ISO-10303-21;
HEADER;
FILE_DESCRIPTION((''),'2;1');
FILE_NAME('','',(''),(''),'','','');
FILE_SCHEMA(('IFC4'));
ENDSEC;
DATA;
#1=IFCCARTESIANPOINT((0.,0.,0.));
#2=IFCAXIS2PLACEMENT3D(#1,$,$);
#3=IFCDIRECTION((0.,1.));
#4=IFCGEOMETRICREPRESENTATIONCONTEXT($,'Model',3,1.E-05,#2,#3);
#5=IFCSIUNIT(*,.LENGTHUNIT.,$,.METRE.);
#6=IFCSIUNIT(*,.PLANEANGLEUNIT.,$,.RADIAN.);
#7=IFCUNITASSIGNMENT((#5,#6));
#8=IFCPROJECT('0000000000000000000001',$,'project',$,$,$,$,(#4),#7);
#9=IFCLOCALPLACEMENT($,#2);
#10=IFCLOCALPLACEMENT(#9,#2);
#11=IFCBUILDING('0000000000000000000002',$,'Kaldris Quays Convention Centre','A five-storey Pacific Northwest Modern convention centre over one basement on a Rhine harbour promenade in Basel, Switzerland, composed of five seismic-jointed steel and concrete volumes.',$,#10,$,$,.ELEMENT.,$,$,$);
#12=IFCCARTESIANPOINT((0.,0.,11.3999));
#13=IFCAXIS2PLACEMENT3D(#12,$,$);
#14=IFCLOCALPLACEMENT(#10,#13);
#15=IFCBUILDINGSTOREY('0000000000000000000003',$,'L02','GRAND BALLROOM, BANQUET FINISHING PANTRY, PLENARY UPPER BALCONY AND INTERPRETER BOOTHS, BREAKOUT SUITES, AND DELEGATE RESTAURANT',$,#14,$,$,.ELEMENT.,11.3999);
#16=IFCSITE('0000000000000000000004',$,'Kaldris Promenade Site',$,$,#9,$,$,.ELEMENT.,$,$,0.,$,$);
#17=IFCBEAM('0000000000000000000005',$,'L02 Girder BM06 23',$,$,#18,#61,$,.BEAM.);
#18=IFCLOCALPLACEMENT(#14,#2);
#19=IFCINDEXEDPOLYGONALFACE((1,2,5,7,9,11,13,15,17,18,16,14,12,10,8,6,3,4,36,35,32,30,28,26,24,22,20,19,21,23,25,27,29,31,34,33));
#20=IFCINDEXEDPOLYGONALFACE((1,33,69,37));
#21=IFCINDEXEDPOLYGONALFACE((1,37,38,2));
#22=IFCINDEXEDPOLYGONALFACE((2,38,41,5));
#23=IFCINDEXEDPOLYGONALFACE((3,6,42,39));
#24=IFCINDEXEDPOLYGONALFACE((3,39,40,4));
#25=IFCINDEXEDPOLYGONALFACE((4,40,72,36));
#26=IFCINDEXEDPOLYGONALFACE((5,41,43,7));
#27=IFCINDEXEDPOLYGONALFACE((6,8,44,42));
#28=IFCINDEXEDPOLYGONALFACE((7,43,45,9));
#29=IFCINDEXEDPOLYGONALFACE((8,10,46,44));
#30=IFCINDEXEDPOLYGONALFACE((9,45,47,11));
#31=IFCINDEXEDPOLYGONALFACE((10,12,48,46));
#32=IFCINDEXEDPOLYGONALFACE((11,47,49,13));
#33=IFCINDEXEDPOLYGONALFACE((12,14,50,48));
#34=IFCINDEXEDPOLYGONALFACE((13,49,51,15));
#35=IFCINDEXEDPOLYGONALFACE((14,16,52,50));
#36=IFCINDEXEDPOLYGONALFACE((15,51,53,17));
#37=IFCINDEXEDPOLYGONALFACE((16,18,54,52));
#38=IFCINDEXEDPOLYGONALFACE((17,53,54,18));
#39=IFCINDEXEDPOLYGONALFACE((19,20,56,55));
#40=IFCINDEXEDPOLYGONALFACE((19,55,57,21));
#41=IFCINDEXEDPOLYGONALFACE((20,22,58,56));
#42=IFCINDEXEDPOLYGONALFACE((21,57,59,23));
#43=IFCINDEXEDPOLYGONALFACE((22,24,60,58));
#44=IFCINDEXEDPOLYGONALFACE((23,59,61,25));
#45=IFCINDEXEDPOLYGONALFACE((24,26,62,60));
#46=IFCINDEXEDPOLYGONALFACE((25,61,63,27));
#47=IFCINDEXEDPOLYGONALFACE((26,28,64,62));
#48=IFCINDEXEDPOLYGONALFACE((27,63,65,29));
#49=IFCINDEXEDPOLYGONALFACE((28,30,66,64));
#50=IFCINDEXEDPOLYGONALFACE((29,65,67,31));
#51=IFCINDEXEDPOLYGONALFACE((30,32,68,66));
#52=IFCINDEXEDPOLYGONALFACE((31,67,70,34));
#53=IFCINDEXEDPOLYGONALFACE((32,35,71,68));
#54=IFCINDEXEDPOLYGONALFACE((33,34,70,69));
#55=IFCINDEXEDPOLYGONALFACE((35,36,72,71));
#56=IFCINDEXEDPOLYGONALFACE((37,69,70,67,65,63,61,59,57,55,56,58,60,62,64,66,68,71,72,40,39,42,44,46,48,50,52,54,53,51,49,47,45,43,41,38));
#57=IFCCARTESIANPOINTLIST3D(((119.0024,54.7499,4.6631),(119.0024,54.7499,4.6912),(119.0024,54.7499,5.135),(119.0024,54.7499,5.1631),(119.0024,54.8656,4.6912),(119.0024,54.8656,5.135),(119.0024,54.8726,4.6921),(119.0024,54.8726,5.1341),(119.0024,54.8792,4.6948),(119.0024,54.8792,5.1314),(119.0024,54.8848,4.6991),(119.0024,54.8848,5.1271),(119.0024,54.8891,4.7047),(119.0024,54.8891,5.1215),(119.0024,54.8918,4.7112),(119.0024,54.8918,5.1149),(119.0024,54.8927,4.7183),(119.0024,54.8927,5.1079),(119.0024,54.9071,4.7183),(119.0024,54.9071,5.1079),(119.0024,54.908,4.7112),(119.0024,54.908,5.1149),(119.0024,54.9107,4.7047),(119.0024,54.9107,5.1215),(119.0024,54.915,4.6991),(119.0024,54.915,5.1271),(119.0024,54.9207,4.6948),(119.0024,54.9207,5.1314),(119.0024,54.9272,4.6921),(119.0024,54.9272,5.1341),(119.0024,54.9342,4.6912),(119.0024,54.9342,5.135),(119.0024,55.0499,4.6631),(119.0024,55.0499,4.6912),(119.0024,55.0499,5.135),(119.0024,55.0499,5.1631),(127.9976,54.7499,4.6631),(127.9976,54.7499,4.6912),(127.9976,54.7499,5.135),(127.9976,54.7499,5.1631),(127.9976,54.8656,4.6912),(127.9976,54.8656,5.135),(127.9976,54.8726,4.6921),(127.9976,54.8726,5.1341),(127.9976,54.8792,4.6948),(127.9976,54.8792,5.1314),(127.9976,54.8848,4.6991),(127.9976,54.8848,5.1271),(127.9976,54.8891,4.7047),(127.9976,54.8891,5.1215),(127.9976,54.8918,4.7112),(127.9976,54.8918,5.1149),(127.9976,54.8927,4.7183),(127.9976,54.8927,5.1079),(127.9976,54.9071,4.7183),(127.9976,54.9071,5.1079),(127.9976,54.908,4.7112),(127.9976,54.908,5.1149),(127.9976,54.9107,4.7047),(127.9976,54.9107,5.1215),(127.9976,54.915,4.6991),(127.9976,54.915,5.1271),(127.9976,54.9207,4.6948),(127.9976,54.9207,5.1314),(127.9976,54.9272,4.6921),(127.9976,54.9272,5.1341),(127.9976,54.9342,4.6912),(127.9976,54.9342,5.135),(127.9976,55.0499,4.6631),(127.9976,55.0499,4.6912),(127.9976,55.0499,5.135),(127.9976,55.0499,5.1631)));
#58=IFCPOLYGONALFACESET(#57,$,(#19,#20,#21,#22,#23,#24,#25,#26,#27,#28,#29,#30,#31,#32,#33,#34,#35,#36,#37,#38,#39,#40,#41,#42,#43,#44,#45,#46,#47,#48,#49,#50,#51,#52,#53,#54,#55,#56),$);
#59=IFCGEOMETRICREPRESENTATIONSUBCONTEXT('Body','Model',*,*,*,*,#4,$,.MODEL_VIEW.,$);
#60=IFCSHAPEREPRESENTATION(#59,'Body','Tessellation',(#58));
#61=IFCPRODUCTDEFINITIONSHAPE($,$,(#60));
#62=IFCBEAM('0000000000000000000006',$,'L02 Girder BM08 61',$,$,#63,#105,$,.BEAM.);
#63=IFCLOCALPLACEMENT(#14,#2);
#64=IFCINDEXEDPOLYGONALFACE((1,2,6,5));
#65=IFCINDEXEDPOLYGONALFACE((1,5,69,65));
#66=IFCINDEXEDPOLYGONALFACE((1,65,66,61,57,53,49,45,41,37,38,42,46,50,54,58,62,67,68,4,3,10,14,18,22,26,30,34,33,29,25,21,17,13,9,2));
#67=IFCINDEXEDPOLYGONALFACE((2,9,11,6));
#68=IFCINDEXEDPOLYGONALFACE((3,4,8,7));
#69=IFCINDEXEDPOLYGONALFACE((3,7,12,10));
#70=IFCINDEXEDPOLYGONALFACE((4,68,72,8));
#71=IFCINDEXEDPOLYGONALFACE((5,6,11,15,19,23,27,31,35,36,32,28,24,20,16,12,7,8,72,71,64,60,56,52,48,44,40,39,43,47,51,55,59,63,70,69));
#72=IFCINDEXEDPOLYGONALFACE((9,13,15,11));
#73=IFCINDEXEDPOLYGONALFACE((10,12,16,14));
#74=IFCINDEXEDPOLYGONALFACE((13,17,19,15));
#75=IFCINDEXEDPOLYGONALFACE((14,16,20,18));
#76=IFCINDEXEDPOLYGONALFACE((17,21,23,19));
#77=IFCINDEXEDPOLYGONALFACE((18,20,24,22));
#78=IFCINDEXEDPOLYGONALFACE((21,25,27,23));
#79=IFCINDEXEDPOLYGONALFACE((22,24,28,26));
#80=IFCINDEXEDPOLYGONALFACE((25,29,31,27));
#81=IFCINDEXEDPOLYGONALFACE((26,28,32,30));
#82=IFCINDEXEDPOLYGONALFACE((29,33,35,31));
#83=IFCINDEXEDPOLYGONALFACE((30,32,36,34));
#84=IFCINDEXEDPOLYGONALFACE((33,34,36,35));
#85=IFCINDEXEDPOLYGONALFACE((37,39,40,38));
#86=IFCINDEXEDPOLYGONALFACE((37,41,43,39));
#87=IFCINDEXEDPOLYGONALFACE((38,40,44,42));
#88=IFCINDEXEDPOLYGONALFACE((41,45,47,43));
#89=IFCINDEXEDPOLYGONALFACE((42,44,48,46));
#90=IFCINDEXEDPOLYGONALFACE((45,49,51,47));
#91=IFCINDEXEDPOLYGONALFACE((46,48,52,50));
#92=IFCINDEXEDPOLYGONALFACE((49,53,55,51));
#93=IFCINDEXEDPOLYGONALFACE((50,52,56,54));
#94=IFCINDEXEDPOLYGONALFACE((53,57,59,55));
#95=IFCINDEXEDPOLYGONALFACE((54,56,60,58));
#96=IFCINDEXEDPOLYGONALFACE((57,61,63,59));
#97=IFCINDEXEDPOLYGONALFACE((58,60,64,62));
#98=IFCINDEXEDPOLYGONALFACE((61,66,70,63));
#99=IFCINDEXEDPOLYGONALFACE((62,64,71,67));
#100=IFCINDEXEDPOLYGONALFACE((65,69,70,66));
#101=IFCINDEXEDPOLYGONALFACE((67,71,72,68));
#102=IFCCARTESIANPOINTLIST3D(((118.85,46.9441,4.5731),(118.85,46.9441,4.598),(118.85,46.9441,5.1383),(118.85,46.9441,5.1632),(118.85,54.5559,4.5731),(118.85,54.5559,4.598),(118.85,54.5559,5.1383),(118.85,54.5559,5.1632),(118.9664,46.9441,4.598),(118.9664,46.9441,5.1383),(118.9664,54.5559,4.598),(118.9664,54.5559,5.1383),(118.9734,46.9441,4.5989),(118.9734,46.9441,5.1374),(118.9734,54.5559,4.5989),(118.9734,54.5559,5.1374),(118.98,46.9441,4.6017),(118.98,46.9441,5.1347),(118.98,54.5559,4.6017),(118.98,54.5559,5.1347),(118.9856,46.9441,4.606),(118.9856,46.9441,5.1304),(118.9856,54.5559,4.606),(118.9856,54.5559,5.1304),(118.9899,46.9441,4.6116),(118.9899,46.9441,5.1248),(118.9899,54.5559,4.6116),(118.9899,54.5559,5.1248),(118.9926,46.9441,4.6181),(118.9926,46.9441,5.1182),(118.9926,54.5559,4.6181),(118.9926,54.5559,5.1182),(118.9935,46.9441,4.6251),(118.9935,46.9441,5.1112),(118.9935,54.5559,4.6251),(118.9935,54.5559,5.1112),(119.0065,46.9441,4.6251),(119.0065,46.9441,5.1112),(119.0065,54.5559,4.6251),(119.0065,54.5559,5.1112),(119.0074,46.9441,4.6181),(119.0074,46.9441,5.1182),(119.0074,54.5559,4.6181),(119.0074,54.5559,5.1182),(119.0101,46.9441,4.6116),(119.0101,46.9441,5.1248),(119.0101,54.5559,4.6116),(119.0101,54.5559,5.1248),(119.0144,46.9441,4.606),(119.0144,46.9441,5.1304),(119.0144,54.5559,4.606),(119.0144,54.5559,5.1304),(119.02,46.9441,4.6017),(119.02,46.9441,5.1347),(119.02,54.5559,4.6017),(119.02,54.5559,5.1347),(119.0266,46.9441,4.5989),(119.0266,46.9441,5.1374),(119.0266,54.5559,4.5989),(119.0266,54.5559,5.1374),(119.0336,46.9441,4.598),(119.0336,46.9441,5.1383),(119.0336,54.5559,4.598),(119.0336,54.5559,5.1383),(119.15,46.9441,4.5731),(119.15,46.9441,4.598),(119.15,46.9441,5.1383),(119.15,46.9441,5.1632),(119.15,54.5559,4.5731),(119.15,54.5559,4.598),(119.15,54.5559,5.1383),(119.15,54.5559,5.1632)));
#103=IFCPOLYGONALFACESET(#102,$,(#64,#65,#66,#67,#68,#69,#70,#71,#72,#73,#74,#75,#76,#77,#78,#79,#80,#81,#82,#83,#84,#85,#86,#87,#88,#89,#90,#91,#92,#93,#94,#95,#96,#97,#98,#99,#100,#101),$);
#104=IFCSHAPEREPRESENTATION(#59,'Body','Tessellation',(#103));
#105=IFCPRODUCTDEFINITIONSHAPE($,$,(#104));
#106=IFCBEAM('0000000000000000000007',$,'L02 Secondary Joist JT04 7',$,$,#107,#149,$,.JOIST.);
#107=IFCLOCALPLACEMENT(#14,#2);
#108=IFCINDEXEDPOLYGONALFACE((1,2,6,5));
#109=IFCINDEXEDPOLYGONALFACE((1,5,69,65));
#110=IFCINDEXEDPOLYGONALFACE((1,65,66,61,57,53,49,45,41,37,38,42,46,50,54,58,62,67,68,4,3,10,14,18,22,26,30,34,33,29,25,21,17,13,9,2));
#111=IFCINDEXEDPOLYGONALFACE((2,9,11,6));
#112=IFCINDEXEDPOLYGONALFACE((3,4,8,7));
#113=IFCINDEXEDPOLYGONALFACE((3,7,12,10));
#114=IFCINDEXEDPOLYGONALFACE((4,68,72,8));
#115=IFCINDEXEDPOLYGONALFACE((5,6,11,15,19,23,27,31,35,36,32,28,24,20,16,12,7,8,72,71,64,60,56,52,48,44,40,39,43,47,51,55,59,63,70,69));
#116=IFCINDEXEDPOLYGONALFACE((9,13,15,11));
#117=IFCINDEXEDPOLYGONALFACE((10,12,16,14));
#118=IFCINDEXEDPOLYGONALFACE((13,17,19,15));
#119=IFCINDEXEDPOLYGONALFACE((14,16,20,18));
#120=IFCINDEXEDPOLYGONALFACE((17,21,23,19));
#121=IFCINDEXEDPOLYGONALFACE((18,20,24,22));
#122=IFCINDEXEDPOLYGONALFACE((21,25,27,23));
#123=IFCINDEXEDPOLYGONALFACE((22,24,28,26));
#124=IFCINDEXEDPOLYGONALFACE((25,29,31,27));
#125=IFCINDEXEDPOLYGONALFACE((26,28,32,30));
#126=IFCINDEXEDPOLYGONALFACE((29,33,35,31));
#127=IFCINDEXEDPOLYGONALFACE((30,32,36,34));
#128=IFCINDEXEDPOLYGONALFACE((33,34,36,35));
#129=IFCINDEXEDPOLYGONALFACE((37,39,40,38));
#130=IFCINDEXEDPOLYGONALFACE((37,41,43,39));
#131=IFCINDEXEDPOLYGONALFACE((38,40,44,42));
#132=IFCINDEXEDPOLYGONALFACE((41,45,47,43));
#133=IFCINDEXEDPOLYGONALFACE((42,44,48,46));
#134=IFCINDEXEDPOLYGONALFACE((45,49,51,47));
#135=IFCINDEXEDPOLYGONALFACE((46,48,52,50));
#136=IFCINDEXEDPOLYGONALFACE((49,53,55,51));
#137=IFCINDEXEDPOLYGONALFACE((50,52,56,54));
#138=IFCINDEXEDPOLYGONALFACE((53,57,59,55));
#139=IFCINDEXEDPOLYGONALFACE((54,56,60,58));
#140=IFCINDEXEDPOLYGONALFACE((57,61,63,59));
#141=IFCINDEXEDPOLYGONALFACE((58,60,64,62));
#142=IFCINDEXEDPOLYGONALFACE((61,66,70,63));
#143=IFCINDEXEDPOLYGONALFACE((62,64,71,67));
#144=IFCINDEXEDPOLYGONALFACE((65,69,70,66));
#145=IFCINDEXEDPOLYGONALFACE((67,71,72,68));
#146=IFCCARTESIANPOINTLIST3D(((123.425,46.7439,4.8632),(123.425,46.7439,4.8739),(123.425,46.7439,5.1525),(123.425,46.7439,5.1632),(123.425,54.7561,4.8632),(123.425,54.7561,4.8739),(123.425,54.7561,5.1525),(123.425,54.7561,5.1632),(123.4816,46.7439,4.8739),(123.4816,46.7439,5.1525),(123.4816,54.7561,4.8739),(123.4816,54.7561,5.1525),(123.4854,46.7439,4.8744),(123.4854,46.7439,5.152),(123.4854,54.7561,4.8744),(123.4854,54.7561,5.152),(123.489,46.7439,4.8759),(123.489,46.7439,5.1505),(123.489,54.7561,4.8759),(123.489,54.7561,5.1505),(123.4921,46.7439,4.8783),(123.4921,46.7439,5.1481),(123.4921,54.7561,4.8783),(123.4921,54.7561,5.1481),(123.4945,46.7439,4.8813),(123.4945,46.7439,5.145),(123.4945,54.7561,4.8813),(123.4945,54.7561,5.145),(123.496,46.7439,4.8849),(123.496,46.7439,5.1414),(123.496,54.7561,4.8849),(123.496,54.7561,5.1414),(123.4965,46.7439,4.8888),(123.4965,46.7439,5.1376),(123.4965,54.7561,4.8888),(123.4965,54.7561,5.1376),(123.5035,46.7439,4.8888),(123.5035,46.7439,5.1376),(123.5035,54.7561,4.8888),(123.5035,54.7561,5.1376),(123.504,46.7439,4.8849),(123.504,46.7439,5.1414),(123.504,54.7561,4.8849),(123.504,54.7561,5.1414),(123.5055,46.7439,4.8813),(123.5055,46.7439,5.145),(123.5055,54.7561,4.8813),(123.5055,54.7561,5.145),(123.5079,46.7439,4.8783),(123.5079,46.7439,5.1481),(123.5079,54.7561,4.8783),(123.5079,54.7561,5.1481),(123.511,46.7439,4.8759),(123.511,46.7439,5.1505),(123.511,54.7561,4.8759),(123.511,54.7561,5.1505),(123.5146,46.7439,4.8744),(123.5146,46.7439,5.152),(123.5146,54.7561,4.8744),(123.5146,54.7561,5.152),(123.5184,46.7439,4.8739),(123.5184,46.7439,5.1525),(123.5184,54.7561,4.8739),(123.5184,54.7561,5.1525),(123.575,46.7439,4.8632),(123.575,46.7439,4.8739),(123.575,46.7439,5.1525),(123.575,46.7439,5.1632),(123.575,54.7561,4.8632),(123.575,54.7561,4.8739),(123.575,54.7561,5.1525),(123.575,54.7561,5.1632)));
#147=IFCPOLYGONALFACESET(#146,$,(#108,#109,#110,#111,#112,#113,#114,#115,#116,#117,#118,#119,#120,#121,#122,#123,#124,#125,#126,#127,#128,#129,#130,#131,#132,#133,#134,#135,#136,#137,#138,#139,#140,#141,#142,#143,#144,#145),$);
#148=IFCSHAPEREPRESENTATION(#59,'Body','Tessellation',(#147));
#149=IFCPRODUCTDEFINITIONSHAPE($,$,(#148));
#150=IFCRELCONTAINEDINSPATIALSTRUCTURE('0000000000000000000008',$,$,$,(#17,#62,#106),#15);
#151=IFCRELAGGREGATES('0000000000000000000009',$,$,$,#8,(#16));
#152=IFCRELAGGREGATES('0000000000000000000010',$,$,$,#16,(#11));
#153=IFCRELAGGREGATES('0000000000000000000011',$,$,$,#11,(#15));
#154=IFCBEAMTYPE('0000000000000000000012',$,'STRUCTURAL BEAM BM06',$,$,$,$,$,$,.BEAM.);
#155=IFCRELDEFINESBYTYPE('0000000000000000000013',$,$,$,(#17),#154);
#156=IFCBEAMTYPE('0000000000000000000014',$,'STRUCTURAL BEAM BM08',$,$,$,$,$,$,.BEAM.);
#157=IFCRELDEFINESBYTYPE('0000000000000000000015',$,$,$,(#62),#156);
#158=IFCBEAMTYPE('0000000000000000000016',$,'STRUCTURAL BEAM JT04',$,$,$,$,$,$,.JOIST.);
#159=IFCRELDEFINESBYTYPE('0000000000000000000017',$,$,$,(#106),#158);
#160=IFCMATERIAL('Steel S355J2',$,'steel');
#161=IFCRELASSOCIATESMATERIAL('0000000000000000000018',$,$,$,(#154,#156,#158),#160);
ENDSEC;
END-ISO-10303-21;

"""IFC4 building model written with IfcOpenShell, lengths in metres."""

from ifc_helpers import new_model, si_unit, direction, frame, origin, origin_2d, place, context, subcontext, project, spatial, i_section, extrude, material, material_profile, profile_set, type_object, element, save


model = new_model("IFC4")

# Units and contexts
model_context = context("Model", 3, precision=1e-05, world=origin(), true_north=direction((0.0, 1.0)))
body_context = subcontext(model_context, "Body", "Model", "MODEL_VIEW")
ifc_project = project(units=[si_unit("LENGTHUNIT", "METRE"), si_unit("PLANEANGLEUNIT", "RADIAN")], contexts=[model_context])

# Site, building, storey
site_placement = place(None, origin())
site = spatial("IfcSite", under=ifc_project, at=site_placement, Name="Kaldris Promenade Site", CompositionType="ELEMENT", RefElevation=0.0)
building_placement = place(site_placement, origin())
building = spatial("IfcBuilding", under=site, at=building_placement, Name="Kaldris Quays Convention Centre", Description="A five-storey Pacific Northwest Modern convention centre over one basement on a Rhine harbour promenade in Basel, Switzerland, composed of five seismic-jointed steel and concrete volumes.", CompositionType="ELEMENT")
storey_placement = place(building_placement, frame((0.0, 0.0, 11.3999)))
storey = spatial("IfcBuildingStorey", under=building, at=storey_placement, Name="L02", Description="GRAND BALLROOM, BANQUET FINISHING PANTRY, PLENARY UPPER BALCONY AND INTERPRETER BOOTHS, BREAKOUT SUITES, AND DELEGATE RESTAURANT", CompositionType="ELEMENT", Elevation=11.3999)

# Shared definitions
ifc_material_1 = material(Name="Steel S355J2", Category="steel")

# Beams
ifc_material_profile_1 = material_profile(ifc_material_1, i_section(OverallWidth=0.3, OverallDepth=0.5, WebThickness=0.0144, FlangeThickness=0.0281, FilletRadius=0.0271, at=origin_2d()), Name="HEB 500")
ifc_profile_set_1 = profile_set([ifc_material_profile_1], Name="Steel S355J2")
beam_type_1 = type_object("IfcBeamType", Name="STRUCTURAL BEAM BM06", PredefinedType="BEAM", material=ifc_profile_set_1)
for number, where, z_axis, x_axis, name in (
    (1, (119.0024, 54.8999, 4.9131), (1.0, 0.0, 0.0), (0.0, 1.0, 0.0), "L02 Girder BM06 23"),
):
    element("IfcBeam", number, at=place(storey_placement, frame(where, z_axis=z_axis, x_axis=x_axis)), inside=storey, type_object=beam_type_1, Name=name, PredefinedType="BEAM", context=body_context, shape_type="SweptSolid", body=[
        extrude(i_section(OverallWidth=0.3, OverallDepth=0.5, WebThickness=0.0144, FlangeThickness=0.0281, FilletRadius=0.0271, at=origin_2d()), origin(), (0.0, 0.0, 1.0), 8.9951),
    ])
ifc_material_profile_2 = material_profile(ifc_material_1, i_section(OverallWidth=0.3, OverallDepth=0.5901, WebThickness=0.0129, FlangeThickness=0.0249, FilletRadius=0.0271, at=origin_2d()), Name="HEA 600")
ifc_profile_set_2 = profile_set([ifc_material_profile_2], Name="Steel S355J2")
beam_type_2 = type_object("IfcBeamType", Name="STRUCTURAL BEAM BM08", PredefinedType="BEAM", material=ifc_profile_set_2)
beam_1_placement = place(storey_placement, frame((119.0, 46.9441, 4.8682), z_axis=(0.0, 1.0, 0.0), x_axis=(-1.0, 0.0, 0.0)))
element("IfcBeam", 2, at=beam_1_placement, inside=storey, type_object=beam_type_2, Name="L02 Girder BM08 61", PredefinedType="BEAM", context=body_context, shape_type="SweptSolid", body=[
    extrude(i_section(OverallWidth=0.3, OverallDepth=0.5901, WebThickness=0.0129, FlangeThickness=0.0249, FilletRadius=0.0271, at=origin_2d()), origin(), (0.0, 0.0, 1.0), 7.6118),
])
ifc_material_profile_3 = material_profile(ifc_material_1, i_section(OverallWidth=0.1499, OverallDepth=0.3, WebThickness=0.0071, FlangeThickness=0.0107, FilletRadius=0.0149, at=origin_2d()), Name="IPE 300")
ifc_profile_set_3 = profile_set([ifc_material_profile_3], Name="Steel S355J2")
beam_type_3 = type_object("IfcBeamType", Name="STRUCTURAL BEAM JT04", PredefinedType="JOIST", material=ifc_profile_set_3)
beam_2_placement = place(storey_placement, frame((123.5, 46.7439, 5.0132), z_axis=(0.0, 1.0, 0.0), x_axis=(-1.0, 0.0, 0.0)))
element("IfcBeam", 3, at=beam_2_placement, inside=storey, type_object=beam_type_3, Name="L02 Secondary Joist JT04 7", PredefinedType="JOIST", context=body_context, shape_type="SweptSolid", body=[
    extrude(i_section(OverallWidth=0.1499, OverallDepth=0.3, WebThickness=0.0071, FlangeThickness=0.0107, FilletRadius=0.0149, at=origin_2d()), origin(), (0.0, 0.0, 1.0), 8.0122),
])

save(model, "model.ifc")
